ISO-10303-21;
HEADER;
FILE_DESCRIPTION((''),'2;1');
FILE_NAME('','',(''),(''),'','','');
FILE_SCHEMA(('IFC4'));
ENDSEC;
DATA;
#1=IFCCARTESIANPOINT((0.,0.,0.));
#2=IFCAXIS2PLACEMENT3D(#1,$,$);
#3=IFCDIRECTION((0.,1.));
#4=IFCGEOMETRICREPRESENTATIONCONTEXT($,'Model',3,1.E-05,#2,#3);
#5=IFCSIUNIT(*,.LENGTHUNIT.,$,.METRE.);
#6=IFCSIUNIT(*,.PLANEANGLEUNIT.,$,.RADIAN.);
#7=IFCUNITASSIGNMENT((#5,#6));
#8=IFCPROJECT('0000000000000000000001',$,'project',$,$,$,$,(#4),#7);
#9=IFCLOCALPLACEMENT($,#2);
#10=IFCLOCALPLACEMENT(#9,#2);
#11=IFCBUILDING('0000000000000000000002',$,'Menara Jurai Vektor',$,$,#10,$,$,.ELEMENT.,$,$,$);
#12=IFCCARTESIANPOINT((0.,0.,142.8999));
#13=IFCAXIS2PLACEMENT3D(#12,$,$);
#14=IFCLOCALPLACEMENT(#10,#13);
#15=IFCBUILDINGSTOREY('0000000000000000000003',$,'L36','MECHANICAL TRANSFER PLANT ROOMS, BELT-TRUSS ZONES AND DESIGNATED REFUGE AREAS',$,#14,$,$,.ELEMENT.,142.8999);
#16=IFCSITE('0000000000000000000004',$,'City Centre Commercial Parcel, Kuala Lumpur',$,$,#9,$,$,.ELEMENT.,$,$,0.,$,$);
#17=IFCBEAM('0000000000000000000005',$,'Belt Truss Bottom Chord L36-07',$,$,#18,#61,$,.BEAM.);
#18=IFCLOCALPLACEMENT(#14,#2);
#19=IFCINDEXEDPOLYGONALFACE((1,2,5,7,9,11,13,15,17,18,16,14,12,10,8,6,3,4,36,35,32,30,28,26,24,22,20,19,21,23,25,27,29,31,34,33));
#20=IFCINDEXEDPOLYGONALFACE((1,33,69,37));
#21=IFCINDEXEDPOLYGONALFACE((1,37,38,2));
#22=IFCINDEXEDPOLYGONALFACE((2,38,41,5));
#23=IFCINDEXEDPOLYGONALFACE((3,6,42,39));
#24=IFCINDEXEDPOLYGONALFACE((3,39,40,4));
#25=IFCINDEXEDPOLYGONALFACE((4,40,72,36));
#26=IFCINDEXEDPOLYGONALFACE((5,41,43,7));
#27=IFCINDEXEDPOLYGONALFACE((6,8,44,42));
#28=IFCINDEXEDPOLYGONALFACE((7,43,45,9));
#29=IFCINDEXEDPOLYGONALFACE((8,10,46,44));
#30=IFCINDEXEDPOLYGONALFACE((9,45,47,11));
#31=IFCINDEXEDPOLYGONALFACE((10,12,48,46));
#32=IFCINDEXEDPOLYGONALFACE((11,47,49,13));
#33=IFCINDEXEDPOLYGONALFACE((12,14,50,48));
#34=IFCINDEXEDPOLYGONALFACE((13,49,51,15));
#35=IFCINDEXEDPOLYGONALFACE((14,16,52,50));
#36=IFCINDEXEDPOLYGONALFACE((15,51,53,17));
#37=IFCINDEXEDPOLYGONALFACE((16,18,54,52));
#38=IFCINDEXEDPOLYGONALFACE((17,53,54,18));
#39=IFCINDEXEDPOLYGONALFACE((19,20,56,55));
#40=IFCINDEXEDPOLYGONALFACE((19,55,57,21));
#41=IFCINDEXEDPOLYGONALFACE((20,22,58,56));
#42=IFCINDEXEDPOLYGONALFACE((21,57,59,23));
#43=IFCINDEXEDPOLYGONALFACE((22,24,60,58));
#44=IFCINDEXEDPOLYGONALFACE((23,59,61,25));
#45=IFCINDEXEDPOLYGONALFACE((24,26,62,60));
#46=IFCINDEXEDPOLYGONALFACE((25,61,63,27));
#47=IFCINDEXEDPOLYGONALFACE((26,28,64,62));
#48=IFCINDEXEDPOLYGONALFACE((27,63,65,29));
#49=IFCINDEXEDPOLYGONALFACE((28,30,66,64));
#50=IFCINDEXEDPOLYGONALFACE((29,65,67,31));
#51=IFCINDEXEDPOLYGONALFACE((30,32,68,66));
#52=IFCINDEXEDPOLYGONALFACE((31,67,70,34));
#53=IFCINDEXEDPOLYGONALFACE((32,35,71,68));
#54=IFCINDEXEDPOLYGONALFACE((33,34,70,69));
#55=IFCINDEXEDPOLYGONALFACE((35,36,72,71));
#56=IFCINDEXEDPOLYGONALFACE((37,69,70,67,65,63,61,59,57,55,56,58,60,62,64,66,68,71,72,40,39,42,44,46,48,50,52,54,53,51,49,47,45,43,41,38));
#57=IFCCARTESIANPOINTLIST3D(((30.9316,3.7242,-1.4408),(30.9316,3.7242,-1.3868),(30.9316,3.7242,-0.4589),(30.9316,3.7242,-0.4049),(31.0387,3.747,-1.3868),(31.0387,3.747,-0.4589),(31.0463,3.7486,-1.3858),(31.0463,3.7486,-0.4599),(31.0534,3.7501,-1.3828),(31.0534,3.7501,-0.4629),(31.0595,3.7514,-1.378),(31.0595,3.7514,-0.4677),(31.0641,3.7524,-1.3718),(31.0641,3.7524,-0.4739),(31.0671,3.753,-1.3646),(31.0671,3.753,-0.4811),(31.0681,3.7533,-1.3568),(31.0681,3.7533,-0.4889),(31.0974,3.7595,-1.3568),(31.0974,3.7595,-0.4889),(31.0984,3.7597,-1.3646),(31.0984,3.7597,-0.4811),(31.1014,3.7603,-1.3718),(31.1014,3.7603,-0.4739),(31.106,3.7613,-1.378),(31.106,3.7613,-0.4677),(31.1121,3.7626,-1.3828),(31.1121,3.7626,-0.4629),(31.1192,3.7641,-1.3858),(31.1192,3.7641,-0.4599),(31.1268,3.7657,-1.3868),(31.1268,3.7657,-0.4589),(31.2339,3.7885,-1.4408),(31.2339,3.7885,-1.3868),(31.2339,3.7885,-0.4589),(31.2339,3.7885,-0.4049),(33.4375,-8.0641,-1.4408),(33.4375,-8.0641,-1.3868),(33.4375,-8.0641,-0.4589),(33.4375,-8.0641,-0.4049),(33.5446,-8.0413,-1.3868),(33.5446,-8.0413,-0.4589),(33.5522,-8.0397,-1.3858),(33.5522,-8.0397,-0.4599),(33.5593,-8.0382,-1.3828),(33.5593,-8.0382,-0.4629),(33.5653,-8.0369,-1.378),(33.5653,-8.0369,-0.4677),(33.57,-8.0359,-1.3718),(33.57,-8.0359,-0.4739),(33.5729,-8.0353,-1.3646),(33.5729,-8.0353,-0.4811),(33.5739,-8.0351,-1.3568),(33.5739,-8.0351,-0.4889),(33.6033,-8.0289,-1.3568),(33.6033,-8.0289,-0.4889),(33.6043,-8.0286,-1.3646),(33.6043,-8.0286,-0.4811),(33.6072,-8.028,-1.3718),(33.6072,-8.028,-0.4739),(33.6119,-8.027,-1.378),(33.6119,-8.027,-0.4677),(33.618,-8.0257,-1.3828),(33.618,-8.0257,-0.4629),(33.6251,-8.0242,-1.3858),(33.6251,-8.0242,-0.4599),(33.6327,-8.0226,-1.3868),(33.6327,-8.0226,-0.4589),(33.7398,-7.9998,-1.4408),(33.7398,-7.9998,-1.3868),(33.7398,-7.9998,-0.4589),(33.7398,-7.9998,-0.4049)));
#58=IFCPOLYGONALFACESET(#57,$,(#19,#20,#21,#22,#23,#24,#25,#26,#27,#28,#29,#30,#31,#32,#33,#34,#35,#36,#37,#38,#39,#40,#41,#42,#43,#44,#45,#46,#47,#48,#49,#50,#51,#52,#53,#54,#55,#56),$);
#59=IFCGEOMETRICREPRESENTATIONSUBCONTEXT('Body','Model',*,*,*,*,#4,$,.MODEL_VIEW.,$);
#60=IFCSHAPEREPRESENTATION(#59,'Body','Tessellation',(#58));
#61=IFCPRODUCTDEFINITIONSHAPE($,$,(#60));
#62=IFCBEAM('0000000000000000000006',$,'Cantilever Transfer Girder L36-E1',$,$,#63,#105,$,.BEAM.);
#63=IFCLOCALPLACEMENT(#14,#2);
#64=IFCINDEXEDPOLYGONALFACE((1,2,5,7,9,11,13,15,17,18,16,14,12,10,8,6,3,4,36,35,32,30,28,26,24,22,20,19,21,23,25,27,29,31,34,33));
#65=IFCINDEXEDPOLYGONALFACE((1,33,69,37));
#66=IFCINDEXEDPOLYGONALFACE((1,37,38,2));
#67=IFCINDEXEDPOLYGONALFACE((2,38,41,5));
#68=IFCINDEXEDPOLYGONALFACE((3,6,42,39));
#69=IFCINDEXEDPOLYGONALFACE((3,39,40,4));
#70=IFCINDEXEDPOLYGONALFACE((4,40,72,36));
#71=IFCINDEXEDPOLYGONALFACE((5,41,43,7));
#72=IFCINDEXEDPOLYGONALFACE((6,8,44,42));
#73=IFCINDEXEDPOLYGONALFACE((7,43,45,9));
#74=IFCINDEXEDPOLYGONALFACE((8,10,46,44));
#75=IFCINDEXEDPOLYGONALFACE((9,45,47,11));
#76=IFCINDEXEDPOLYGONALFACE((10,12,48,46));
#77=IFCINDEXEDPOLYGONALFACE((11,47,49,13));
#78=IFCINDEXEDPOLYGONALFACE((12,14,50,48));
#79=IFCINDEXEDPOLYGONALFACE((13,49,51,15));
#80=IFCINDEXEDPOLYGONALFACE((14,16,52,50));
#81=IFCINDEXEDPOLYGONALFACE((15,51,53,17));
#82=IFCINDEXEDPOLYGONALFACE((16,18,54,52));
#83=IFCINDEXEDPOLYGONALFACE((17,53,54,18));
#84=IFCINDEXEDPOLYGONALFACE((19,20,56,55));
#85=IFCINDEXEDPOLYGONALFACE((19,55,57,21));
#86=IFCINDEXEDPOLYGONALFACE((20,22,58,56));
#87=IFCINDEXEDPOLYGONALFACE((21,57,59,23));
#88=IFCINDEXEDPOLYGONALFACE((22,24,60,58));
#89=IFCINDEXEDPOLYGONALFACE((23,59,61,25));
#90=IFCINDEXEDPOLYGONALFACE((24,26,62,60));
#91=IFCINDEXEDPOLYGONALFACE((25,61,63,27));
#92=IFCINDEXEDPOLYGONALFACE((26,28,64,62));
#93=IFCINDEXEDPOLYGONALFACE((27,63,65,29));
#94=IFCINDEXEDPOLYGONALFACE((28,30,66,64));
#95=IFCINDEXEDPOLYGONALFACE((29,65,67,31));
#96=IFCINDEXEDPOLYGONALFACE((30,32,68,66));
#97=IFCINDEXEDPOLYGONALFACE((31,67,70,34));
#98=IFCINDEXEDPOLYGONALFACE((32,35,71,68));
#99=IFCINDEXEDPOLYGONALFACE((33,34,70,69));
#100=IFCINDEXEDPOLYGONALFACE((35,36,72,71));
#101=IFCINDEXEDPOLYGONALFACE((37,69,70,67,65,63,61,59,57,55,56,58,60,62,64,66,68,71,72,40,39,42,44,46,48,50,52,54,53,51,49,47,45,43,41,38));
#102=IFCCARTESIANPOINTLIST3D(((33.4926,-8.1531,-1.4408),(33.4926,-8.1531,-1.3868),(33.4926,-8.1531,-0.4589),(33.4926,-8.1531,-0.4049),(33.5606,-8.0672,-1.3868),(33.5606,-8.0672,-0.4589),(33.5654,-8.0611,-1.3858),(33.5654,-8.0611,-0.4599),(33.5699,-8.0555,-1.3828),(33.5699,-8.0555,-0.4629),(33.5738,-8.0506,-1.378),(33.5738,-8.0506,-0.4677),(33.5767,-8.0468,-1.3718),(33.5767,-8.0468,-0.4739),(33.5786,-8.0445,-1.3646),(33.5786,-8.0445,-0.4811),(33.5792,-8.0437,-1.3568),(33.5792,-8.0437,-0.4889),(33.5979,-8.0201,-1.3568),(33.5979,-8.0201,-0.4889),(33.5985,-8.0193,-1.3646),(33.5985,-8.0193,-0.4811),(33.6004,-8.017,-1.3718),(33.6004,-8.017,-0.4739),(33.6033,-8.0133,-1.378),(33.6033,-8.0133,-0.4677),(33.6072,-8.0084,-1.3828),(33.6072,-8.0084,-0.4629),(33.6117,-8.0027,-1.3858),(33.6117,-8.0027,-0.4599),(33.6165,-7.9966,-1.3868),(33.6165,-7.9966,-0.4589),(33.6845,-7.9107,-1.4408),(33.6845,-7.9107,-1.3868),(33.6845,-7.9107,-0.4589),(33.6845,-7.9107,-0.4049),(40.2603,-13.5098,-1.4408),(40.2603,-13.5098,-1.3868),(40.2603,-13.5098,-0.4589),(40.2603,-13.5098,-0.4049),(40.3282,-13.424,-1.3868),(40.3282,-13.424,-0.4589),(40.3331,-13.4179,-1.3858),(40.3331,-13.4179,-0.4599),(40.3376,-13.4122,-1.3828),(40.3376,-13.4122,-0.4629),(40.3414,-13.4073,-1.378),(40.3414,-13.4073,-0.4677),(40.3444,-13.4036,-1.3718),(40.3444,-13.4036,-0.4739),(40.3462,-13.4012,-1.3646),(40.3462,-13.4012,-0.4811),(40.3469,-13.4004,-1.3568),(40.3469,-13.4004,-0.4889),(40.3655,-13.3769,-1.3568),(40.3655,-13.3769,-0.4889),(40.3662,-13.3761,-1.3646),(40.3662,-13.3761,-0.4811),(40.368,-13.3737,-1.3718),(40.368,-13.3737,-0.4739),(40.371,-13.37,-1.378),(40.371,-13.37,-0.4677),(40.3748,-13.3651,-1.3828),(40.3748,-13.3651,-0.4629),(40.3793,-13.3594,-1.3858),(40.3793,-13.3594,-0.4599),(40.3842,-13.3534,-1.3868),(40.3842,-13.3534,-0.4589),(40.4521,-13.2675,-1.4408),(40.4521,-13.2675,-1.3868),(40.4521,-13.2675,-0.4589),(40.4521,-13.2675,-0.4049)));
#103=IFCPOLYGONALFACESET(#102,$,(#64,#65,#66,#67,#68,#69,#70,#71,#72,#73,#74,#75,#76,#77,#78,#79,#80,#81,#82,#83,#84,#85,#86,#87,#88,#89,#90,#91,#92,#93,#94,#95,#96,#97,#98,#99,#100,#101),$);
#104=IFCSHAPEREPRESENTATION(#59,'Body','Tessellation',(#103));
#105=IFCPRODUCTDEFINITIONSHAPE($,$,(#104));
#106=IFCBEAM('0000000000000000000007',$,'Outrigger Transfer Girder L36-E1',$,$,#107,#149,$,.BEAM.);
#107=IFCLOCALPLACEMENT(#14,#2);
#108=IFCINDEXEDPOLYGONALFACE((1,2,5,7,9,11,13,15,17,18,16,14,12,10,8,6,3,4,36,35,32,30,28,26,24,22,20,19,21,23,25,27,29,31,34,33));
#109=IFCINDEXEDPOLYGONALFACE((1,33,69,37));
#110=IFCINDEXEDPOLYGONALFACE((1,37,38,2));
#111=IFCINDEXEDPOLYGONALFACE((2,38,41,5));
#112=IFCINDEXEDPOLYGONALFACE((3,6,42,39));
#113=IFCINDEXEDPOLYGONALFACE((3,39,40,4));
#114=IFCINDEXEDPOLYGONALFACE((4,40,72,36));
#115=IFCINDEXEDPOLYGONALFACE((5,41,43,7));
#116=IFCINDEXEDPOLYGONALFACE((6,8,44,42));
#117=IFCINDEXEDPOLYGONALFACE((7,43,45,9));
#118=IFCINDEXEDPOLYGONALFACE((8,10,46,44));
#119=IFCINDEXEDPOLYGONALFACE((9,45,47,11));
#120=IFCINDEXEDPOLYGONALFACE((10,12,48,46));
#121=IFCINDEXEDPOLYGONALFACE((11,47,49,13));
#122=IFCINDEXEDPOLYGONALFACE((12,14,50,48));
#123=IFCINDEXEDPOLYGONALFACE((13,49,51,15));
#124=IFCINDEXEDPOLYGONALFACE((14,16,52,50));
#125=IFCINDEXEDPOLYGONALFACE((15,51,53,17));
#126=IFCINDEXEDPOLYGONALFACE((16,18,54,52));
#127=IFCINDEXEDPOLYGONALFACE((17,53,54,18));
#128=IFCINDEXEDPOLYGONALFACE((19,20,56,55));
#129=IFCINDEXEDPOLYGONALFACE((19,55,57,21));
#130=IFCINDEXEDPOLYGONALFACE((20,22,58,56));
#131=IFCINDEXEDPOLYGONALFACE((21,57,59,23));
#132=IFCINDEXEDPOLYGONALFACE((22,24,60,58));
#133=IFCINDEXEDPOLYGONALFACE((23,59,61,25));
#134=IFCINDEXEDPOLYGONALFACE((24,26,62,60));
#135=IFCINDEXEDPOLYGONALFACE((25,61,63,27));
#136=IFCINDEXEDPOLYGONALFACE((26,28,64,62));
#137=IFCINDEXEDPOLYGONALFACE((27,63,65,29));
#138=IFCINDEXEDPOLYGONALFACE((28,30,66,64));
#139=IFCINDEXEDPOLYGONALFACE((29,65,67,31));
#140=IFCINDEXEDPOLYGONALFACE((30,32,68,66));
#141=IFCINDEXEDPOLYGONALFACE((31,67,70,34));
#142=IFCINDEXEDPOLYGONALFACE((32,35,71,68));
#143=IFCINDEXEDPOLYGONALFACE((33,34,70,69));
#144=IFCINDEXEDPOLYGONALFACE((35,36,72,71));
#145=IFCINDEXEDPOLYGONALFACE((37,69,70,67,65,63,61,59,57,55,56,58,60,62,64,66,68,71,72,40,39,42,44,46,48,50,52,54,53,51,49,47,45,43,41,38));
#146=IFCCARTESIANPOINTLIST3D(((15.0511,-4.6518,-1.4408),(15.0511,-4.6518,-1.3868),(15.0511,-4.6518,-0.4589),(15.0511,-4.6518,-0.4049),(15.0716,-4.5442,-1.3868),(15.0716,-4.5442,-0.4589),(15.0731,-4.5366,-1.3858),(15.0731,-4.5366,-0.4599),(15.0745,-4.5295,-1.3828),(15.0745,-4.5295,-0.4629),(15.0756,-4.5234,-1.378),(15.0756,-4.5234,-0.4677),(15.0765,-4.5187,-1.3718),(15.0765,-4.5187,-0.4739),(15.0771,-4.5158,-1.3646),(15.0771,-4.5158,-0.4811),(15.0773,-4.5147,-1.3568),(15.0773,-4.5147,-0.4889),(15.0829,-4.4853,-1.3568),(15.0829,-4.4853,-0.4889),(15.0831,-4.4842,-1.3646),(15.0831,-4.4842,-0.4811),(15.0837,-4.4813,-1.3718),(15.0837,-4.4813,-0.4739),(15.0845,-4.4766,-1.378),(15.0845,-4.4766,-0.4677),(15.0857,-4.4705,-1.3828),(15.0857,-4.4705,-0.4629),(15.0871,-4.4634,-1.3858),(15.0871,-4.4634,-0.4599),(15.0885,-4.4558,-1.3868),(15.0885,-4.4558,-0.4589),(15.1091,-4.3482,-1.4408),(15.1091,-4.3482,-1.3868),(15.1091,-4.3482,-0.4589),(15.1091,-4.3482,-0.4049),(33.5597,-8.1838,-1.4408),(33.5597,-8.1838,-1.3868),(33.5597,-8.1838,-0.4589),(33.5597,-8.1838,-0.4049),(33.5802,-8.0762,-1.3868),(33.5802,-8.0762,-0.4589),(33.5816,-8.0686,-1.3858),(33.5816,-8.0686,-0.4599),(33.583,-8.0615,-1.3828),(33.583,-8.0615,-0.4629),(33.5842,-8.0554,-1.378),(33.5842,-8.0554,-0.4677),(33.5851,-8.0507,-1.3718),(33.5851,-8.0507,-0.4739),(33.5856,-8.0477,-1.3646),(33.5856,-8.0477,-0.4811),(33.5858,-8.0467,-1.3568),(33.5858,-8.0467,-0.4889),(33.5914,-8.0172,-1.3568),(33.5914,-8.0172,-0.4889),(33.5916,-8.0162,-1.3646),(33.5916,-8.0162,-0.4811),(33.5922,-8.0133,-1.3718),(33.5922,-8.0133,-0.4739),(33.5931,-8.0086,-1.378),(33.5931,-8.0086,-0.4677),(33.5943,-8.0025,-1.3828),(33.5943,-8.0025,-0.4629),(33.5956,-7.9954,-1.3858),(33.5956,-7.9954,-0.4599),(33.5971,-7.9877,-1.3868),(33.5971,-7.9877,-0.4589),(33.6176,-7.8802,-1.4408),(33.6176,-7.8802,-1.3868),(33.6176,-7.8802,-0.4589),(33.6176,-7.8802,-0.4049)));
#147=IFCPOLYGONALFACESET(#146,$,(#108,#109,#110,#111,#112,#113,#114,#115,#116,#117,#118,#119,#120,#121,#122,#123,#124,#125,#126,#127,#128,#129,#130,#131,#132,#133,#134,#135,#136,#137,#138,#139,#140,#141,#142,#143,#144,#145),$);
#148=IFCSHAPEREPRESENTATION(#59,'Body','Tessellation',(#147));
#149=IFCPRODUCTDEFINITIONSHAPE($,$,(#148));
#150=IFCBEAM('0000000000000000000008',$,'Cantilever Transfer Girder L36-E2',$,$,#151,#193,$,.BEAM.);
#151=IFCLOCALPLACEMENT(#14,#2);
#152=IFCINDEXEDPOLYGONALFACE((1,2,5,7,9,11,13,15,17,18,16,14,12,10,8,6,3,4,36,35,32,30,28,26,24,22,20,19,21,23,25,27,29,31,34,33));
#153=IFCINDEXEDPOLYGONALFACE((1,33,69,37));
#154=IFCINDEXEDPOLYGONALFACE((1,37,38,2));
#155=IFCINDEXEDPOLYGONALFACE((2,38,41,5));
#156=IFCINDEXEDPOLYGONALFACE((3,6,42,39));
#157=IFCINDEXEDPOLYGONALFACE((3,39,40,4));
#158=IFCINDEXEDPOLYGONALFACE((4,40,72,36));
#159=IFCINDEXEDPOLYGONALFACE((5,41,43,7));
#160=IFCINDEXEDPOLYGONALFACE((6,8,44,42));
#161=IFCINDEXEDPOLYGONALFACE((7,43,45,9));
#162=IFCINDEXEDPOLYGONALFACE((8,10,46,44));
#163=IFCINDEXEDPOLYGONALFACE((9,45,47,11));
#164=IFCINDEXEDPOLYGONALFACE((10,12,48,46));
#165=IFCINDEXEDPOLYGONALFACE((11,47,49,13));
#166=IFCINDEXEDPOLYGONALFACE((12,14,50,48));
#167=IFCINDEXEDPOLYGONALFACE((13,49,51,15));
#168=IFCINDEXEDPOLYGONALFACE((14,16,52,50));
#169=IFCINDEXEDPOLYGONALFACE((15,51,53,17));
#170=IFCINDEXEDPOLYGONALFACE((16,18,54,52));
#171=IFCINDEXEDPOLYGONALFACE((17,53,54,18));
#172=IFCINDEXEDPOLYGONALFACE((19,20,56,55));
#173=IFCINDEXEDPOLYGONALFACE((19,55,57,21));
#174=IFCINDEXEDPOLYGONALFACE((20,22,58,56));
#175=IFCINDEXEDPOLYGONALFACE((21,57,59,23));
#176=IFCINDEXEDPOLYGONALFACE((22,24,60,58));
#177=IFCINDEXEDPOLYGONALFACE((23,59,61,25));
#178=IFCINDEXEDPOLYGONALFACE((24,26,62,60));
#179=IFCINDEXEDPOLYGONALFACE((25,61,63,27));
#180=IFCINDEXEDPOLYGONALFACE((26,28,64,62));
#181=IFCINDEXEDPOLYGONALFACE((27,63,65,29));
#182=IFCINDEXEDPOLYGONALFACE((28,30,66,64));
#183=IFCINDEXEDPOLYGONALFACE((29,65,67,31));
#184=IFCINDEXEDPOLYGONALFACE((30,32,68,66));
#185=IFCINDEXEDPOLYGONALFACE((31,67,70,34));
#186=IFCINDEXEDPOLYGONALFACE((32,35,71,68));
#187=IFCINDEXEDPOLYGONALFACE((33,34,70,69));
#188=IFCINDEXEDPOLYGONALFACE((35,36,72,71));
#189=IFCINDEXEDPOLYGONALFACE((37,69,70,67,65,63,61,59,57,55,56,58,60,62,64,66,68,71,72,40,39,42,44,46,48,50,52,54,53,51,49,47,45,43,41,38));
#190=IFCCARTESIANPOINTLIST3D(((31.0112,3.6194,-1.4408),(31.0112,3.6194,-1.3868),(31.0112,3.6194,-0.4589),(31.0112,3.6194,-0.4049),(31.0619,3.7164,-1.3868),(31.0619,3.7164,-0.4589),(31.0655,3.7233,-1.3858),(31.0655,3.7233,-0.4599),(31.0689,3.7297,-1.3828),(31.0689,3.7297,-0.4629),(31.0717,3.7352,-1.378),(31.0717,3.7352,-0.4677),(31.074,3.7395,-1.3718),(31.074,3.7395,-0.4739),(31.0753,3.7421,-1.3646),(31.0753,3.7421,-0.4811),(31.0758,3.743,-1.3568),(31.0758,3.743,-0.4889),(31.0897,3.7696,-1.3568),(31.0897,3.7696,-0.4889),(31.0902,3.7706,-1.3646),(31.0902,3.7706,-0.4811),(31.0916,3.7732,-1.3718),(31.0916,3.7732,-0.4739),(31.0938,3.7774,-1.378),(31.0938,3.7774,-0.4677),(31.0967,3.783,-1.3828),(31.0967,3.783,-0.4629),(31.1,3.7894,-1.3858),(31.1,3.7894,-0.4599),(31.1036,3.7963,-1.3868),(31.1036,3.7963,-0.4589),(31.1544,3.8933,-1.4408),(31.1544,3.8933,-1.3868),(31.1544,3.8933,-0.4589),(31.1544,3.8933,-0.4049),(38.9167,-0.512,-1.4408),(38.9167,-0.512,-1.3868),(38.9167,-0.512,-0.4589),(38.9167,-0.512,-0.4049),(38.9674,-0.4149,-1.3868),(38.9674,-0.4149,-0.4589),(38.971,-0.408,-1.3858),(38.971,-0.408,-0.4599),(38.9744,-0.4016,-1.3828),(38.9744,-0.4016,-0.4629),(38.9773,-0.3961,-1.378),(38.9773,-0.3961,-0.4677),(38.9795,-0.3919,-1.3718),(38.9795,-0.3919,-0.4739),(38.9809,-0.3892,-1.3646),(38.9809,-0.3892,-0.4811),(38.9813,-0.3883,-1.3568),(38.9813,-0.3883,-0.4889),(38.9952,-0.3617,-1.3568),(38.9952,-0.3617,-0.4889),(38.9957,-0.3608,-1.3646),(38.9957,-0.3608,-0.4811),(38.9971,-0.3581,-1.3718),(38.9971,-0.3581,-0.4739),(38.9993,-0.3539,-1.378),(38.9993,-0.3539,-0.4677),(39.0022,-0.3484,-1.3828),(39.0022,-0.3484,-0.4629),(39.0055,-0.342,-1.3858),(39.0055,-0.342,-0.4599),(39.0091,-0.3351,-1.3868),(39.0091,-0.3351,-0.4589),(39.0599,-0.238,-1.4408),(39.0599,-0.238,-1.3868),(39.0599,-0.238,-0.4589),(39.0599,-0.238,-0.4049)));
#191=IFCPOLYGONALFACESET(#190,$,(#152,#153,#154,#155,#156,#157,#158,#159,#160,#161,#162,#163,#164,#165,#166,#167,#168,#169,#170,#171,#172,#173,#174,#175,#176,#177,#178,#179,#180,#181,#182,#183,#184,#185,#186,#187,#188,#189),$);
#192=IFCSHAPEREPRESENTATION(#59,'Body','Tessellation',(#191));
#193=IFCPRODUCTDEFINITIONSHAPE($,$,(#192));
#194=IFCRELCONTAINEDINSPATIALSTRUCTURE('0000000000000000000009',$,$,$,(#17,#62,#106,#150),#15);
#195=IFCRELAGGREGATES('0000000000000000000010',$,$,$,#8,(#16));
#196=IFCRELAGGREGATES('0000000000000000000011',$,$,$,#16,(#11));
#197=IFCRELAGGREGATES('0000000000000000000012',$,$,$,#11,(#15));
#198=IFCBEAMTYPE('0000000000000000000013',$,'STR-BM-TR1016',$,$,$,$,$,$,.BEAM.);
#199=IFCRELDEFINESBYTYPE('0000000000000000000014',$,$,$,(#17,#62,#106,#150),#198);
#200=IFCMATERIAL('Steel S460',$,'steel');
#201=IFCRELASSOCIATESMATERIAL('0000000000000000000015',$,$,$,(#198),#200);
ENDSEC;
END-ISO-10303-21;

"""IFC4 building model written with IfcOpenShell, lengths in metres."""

from ifc_helpers import new_model, si_unit, direction, frame, origin, origin_2d, place, context, subcontext, project, spatial, i_section, extrude, material, material_profile, profile_set, type_object, element, save


model = new_model("IFC4")

# Units and contexts
model_context = context("Model", 3, precision=1e-05, world=origin(), true_north=direction((0.0, 1.0)))
body_context = subcontext(model_context, "Body", "Model", "MODEL_VIEW")
ifc_project = project(units=[si_unit("LENGTHUNIT", "METRE"), si_unit("PLANEANGLEUNIT", "RADIAN")], contexts=[model_context])

# Site, building, storey
site_placement = place(None, origin())
site = spatial("IfcSite", under=ifc_project, at=site_placement, Name="City Centre Commercial Parcel, Kuala Lumpur", CompositionType="ELEMENT", RefElevation=0.0)
building_placement = place(site_placement, origin())
building = spatial("IfcBuilding", under=site, at=building_placement, Name="Menara Jurai Vektor", CompositionType="ELEMENT")
storey_placement = place(building_placement, frame((0.0, 0.0, 142.8999)))
storey = spatial("IfcBuildingStorey", under=building, at=storey_placement, Name="L36", Description="MECHANICAL TRANSFER PLANT ROOMS, BELT-TRUSS ZONES AND DESIGNATED REFUGE AREAS", CompositionType="ELEMENT", Elevation=142.8999)

# Shared definitions
ifc_material_1 = material(Name="Steel S460", Category="steel")

# Beams
ifc_material_profile_1 = material_profile(ifc_material_1, i_section(OverallWidth=0.3091, OverallDepth=1.0359, WebThickness=0.03, FlangeThickness=0.054, FilletRadius=0.03, at=origin_2d()), Name="UKB 1016x305x487")
ifc_profile_set_1 = profile_set([ifc_material_profile_1], Name="Steel S460")
beam_type_1 = type_object("IfcBeamType", Name="STR-BM-TR1016", PredefinedType="BEAM", material=ifc_profile_set_1)
beam_1_placement = place(storey_placement, frame((33.5886, -8.032, -0.9229), z_axis=(-0.207925, 0.978145, 0.0), x_axis=(-0.978145, -0.207925, 0.0)))
element("IfcBeam", 1, at=beam_1_placement, inside=storey, type_object=beam_type_1, Name="Belt Truss Bottom Chord L36-07", PredefinedType="BEAM", context=body_context, shape_type="SweptSolid", body=[
    extrude(i_section(OverallWidth=0.3091, OverallDepth=1.0359, WebThickness=0.03, FlangeThickness=0.054, FilletRadius=0.03, at=origin_2d()), origin(), (0.0, 0.0, 1.0), 12.0518),
])
beam_2_placement = place(storey_placement, frame((40.3562, -13.3887, -0.9229), z_axis=(-0.784101, 0.620633, 0.0), x_axis=(-0.620633, -0.784101, 0.0)))
element("IfcBeam", 2, at=beam_2_placement, inside=storey, type_object=beam_type_1, Name="Cantilever Transfer Girder L36-E1", PredefinedType="BEAM", context=body_context, shape_type="SweptSolid", body=[
    extrude(i_section(OverallWidth=0.3091, OverallDepth=1.0359, WebThickness=0.03, FlangeThickness=0.054, FilletRadius=0.03, at=origin_2d()), origin(), (0.0, 0.0, 1.0), 8.6311),
])
beam_3_placement = place(storey_placement, frame((33.5886, -8.032, -0.9229), z_axis=(-0.982275, 0.187447, 0.0), x_axis=(-0.187447, -0.982275, 0.0)))
element("IfcBeam", 3, at=beam_3_placement, inside=storey, type_object=beam_type_1, Name="Outrigger Transfer Girder L36-E1", PredefinedType="BEAM", context=body_context, shape_type="SweptSolid", body=[
    extrude(i_section(OverallWidth=0.3091, OverallDepth=1.0359, WebThickness=0.03, FlangeThickness=0.054, FilletRadius=0.03, at=origin_2d()), origin(), (0.0, 0.0, 1.0), 18.8425),
])
beam_4_placement = place(storey_placement, frame((38.9883, -0.375, -0.9229), z_axis=(-0.886275, 0.463159, 0.0), x_axis=(-0.463159, -0.886275, 0.0)))
element("IfcBeam", 4, at=beam_4_placement, inside=storey, type_object=beam_type_1, Name="Cantilever Transfer Girder L36-E2", PredefinedType="BEAM", context=body_context, shape_type="SweptSolid", body=[
    extrude(i_section(OverallWidth=0.3091, OverallDepth=1.0359, WebThickness=0.03, FlangeThickness=0.054, FilletRadius=0.03, at=origin_2d()), origin(), (0.0, 0.0, 1.0), 8.9199),
])

save(model, "model.ifc")
